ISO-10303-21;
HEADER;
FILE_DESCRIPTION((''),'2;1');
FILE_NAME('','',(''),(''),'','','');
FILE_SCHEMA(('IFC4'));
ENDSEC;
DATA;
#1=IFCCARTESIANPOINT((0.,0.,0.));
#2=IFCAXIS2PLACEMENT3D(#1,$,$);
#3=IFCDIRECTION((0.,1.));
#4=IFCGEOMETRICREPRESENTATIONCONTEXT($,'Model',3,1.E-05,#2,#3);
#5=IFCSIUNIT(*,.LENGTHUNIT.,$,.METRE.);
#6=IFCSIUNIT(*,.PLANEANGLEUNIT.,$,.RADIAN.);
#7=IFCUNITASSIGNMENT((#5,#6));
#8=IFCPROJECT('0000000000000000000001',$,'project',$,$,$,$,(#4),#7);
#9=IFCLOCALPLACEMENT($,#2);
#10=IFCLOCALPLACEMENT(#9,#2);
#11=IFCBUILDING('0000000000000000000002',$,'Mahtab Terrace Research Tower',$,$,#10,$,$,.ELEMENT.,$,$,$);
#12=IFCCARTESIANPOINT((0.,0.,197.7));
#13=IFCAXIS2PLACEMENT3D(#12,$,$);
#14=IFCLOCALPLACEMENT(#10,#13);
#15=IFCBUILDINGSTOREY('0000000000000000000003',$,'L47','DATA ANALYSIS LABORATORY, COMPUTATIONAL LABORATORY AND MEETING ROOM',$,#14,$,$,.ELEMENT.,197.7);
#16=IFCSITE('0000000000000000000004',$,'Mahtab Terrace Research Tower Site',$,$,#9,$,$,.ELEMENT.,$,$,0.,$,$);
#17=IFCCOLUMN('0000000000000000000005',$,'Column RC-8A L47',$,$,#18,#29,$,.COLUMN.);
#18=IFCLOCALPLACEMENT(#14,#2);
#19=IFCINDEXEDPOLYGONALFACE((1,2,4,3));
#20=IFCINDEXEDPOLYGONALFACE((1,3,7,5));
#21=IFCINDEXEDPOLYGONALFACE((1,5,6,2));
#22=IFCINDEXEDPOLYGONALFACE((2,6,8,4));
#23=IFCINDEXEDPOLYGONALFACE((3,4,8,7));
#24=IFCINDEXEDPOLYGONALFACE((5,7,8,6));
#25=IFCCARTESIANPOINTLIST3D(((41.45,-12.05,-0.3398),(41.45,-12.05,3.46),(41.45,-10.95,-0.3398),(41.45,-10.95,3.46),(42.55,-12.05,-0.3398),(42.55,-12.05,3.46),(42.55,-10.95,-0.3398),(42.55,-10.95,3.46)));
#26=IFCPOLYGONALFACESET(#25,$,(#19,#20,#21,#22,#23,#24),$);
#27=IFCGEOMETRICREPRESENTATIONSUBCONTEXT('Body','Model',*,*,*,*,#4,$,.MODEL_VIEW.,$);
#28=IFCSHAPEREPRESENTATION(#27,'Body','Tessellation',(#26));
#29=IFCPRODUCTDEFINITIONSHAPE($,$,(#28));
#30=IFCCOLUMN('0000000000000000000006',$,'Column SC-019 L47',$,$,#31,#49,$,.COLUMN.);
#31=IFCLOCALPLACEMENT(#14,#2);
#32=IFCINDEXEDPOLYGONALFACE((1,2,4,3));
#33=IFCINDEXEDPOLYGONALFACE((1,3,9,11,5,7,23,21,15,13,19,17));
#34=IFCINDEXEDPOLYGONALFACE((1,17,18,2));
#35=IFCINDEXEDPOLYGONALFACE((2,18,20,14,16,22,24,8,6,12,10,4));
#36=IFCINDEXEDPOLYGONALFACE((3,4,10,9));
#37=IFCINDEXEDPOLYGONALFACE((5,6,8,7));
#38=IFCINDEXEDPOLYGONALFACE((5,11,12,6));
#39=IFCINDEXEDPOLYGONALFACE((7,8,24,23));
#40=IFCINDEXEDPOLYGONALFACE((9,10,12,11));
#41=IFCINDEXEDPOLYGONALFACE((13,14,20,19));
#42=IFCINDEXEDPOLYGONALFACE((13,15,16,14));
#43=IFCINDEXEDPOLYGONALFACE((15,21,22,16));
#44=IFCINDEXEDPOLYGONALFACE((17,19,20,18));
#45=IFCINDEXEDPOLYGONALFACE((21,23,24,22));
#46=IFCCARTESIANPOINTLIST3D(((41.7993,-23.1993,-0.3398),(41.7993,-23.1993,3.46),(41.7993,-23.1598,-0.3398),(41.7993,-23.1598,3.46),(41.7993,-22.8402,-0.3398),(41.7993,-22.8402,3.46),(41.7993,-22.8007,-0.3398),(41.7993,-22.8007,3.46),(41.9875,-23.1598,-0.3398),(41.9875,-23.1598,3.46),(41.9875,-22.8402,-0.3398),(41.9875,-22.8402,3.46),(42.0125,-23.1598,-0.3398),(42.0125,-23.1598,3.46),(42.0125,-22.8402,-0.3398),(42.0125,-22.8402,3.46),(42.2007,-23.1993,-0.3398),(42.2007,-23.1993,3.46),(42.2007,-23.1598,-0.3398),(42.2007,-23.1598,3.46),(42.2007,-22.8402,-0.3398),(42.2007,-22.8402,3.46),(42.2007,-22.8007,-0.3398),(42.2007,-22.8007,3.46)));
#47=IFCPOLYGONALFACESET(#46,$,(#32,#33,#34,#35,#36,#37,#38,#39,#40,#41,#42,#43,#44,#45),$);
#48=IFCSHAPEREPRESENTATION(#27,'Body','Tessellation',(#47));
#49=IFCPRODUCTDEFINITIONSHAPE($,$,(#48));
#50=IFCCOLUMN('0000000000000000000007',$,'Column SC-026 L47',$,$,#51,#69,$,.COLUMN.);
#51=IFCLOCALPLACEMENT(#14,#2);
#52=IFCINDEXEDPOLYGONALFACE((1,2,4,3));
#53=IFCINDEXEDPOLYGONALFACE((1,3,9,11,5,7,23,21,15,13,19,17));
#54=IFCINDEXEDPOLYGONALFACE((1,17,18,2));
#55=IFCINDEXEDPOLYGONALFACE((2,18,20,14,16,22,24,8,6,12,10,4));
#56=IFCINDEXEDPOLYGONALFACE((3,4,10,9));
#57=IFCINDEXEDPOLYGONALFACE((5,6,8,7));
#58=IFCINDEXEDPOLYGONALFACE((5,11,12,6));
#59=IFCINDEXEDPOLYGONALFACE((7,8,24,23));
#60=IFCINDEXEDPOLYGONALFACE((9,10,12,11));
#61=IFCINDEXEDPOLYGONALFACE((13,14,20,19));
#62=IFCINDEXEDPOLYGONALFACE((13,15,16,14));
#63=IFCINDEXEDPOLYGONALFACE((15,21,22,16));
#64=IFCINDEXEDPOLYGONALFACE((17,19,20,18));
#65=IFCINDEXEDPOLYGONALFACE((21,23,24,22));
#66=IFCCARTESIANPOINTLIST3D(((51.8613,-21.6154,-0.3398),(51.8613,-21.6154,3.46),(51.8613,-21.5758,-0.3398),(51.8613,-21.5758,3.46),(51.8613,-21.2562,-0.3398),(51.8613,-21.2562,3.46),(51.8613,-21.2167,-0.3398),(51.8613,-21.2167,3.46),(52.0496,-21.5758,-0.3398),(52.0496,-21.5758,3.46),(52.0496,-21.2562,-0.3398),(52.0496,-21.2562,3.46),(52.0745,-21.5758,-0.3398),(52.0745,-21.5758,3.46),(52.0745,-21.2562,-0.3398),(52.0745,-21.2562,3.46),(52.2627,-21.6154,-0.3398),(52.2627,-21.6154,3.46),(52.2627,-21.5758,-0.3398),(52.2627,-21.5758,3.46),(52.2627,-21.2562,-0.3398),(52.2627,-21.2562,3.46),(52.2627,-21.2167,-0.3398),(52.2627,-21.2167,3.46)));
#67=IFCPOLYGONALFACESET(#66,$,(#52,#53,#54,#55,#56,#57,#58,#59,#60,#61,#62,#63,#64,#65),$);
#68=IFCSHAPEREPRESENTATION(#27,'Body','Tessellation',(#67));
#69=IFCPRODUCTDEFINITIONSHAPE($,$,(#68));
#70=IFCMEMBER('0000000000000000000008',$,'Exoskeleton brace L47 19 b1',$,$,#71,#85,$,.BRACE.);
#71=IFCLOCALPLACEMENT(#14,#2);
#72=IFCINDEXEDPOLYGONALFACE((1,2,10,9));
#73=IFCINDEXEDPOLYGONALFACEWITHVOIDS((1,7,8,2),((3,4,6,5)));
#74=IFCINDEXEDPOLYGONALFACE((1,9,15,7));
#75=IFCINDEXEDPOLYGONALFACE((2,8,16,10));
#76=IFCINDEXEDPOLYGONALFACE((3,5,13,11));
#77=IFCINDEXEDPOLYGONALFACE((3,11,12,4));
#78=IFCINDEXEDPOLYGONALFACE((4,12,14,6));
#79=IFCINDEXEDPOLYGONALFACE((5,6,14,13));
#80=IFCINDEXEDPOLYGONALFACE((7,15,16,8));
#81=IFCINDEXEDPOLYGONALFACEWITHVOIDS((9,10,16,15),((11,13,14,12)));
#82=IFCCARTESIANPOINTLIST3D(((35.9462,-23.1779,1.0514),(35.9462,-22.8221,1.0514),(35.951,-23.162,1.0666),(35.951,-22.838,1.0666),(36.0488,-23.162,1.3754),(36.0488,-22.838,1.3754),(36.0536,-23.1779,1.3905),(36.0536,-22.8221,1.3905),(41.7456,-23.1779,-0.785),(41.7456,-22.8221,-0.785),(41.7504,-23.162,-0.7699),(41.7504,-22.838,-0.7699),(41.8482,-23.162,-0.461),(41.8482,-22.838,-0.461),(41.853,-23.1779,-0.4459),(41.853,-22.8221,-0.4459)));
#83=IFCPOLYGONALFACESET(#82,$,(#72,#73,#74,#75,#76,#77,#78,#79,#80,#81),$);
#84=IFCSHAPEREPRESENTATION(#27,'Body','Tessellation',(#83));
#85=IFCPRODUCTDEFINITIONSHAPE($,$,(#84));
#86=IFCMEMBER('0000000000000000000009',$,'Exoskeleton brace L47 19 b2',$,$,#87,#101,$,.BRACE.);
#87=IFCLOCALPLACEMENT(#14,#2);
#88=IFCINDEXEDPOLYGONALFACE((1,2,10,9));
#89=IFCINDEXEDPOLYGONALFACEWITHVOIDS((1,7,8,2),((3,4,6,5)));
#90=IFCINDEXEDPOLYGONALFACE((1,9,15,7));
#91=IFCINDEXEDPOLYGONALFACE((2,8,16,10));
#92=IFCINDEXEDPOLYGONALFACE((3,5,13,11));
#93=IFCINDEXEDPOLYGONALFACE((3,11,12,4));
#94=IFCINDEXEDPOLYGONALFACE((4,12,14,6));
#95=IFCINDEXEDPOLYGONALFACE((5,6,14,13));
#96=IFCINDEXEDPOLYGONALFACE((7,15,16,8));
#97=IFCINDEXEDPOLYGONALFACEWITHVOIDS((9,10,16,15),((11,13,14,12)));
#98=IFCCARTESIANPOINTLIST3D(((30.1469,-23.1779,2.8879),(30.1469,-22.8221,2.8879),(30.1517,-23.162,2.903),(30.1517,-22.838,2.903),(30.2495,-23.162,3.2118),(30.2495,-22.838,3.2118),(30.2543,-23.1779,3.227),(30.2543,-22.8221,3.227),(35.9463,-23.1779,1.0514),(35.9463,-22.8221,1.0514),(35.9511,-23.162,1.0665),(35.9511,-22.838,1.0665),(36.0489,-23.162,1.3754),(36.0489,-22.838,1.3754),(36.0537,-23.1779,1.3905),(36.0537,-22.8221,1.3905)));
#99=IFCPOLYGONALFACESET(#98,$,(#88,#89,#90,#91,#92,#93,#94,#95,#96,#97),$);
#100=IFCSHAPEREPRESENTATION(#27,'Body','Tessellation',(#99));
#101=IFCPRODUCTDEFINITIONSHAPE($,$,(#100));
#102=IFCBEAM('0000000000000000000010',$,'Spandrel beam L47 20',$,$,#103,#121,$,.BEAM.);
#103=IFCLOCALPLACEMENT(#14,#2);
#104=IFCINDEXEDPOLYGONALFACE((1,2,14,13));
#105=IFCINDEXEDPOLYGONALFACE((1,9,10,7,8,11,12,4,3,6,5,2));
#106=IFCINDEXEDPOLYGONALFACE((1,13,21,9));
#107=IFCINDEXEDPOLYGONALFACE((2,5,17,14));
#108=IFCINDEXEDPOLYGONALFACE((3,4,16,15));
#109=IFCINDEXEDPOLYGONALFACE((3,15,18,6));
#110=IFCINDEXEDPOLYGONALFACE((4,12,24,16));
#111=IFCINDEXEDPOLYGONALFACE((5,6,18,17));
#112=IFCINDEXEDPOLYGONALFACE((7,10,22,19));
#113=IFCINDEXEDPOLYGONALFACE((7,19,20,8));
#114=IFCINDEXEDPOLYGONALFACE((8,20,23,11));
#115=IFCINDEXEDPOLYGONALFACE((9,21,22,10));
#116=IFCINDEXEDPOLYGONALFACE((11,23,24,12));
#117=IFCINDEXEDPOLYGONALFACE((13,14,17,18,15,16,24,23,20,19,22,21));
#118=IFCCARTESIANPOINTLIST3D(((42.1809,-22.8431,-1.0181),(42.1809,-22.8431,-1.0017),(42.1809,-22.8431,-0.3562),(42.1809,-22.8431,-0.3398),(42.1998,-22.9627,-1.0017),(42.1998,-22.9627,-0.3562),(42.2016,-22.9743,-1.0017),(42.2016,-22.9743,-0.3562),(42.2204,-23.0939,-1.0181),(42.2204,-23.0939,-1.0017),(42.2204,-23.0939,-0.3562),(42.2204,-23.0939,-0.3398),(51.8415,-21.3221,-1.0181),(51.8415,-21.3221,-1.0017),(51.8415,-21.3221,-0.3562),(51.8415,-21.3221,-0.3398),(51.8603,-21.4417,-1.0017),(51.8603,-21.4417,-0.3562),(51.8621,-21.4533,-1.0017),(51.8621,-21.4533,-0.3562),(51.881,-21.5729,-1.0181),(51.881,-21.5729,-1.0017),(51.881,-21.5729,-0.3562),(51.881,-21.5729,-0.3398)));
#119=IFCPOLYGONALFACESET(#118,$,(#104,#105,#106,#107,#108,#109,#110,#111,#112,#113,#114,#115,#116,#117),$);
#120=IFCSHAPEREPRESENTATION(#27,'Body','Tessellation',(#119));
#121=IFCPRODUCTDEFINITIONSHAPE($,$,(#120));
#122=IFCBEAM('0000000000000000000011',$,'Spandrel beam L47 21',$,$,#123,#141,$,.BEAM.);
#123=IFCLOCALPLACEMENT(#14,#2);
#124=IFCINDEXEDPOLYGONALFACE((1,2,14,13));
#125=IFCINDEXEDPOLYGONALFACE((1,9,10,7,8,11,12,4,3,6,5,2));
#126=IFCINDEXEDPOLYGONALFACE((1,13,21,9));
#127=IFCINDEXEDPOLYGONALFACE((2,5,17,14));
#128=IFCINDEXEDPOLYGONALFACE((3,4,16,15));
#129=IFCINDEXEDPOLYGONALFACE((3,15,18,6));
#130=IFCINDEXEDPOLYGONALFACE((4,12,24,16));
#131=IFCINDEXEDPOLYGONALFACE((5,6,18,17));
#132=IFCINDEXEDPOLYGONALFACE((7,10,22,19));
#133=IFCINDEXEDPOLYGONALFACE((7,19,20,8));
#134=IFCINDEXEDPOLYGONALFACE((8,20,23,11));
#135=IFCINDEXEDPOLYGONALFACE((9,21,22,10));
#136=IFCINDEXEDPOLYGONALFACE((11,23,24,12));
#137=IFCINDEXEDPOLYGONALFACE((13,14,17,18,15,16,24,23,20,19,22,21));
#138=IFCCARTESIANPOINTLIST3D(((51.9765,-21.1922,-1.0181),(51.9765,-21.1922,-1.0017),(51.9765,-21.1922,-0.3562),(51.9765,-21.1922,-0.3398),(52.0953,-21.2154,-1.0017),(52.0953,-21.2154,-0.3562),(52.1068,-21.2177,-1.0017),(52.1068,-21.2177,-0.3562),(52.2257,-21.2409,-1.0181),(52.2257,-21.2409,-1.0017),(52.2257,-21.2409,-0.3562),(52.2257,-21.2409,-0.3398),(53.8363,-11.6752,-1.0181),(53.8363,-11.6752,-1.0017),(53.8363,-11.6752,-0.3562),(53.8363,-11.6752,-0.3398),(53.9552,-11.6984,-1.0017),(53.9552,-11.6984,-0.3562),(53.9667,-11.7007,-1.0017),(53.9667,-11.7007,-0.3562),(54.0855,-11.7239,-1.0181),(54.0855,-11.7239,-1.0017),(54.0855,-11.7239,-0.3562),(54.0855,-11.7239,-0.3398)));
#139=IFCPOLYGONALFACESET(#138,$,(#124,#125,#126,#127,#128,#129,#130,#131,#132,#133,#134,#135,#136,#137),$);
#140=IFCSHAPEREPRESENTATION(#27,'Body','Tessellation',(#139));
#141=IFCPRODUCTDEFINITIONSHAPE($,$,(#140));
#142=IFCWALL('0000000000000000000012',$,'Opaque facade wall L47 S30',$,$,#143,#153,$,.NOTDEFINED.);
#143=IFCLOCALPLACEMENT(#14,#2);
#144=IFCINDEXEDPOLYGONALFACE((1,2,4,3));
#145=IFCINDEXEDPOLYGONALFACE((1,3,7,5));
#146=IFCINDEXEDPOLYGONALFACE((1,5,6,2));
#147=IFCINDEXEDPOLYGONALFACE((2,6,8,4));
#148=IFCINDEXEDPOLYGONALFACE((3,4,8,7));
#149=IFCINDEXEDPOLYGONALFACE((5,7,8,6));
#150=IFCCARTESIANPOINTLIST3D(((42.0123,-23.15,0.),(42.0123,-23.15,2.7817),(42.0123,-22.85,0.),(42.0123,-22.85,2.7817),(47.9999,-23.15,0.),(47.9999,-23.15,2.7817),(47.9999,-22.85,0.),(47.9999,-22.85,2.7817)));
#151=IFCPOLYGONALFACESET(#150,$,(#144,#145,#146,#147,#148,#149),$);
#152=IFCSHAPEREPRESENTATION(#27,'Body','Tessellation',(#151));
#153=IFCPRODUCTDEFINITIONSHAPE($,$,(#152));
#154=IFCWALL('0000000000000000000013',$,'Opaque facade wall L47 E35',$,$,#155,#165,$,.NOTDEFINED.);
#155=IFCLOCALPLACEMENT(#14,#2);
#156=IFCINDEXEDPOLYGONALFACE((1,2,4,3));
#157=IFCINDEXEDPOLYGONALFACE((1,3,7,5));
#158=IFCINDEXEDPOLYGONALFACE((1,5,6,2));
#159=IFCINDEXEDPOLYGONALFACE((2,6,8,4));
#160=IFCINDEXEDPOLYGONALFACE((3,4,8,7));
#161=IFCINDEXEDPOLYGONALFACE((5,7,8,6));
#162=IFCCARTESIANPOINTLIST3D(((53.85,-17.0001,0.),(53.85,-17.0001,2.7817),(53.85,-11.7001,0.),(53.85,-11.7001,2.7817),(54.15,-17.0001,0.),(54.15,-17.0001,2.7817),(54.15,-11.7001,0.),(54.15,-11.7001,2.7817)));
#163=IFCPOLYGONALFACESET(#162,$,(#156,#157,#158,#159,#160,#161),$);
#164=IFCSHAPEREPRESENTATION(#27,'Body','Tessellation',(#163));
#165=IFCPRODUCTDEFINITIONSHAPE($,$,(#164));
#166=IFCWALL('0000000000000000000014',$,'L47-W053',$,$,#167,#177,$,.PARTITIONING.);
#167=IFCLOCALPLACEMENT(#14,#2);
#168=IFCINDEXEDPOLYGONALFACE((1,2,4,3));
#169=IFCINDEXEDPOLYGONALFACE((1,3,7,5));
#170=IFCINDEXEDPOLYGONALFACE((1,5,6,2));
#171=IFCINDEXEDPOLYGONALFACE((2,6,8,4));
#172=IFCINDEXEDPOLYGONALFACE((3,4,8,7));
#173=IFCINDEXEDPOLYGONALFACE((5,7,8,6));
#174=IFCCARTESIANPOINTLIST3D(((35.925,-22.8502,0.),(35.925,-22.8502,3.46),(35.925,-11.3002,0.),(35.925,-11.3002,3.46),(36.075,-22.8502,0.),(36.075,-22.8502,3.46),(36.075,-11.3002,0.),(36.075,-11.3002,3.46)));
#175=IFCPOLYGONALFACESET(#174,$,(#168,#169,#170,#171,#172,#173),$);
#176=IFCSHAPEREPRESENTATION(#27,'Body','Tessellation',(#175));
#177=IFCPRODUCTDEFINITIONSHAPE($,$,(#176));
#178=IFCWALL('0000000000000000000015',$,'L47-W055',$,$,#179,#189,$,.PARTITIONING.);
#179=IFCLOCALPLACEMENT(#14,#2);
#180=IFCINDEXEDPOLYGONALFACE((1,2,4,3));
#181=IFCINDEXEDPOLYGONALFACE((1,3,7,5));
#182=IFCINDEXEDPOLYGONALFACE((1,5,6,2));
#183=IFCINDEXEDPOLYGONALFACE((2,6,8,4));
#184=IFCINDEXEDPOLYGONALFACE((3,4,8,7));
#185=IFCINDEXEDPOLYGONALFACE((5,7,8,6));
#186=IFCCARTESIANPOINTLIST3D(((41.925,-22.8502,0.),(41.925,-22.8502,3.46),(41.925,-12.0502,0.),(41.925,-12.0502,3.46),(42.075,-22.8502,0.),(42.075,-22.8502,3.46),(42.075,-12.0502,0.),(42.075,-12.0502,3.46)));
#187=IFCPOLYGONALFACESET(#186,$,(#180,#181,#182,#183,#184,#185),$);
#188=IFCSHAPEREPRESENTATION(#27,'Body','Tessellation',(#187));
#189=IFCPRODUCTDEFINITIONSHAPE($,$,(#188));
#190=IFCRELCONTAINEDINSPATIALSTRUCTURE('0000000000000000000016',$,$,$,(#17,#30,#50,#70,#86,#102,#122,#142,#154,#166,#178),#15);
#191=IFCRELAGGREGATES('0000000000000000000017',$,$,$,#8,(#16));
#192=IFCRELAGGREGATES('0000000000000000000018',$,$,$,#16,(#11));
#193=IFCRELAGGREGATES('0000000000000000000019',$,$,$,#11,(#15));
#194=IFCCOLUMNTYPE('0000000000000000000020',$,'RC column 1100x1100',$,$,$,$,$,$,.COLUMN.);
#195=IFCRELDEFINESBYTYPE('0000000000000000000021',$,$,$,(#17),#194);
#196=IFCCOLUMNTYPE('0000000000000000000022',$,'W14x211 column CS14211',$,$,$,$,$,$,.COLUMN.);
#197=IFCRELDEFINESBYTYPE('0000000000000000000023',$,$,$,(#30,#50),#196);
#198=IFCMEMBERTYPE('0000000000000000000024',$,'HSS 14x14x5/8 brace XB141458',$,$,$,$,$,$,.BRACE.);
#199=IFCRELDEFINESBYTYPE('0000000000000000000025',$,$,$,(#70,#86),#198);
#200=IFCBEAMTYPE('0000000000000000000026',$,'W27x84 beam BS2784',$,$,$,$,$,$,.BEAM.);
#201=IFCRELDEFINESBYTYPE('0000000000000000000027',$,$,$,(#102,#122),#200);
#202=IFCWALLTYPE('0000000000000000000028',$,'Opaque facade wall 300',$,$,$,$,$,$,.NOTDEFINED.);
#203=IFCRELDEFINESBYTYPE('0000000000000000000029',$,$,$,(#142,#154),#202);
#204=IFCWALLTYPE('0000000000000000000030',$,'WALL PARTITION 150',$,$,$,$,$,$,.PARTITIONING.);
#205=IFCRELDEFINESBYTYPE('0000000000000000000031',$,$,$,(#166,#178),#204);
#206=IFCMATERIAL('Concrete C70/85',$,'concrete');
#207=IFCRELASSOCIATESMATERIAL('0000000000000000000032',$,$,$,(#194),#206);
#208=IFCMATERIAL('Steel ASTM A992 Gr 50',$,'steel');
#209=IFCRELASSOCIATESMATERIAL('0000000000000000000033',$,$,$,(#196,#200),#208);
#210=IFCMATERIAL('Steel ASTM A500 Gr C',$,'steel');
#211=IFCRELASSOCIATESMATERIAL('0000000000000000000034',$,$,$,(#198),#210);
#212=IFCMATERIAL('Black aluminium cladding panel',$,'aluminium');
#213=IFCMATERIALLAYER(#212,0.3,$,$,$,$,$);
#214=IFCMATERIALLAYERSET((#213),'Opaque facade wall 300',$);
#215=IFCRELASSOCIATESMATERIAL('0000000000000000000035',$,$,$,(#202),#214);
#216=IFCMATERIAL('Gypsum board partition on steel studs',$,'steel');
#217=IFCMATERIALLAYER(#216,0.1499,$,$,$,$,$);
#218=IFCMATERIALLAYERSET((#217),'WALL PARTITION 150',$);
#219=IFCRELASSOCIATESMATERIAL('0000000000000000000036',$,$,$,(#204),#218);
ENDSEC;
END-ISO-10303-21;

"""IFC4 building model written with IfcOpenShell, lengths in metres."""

from ifc_helpers import new_model, si_unit, direction, frame, frame_2d, origin, origin_2d, place, context, subcontext, project, spatial, rectangle, hollow_rectangle, i_section, extrude, material, layer, layer_set, material_profile, profile_set, type_object, element, save


model = new_model("IFC4")

# Units and contexts
model_context = context("Model", 3, precision=1e-05, world=origin(), true_north=direction((0.0, 1.0)))
body_context = subcontext(model_context, "Body", "Model", "MODEL_VIEW")
ifc_project = project(units=[si_unit("LENGTHUNIT", "METRE"), si_unit("PLANEANGLEUNIT", "RADIAN")], contexts=[model_context])

# Site, building, storey
site_placement = place(None, origin())
site = spatial("IfcSite", under=ifc_project, at=site_placement, Name="Mahtab Terrace Research Tower Site", CompositionType="ELEMENT", RefElevation=0.0)
building_placement = place(site_placement, origin())
building = spatial("IfcBuilding", under=site, at=building_placement, Name="Mahtab Terrace Research Tower", CompositionType="ELEMENT")
storey_placement = place(building_placement, frame((0.0, 0.0, 197.7)))
storey = spatial("IfcBuildingStorey", under=building, at=storey_placement, Name="L47", Description="DATA ANALYSIS LABORATORY, COMPUTATIONAL LABORATORY AND MEETING ROOM", CompositionType="ELEMENT", Elevation=197.7)

# Columns
ifc_material_1 = material(Name="Concrete C70/85", Category="concrete")
ifc_material_profile_1 = material_profile(ifc_material_1, rectangle(XDim=1.1001, YDim=1.1001, at=origin_2d()), Name="RC column 1100x1100")
ifc_profile_set_1 = profile_set([ifc_material_profile_1], Name="Concrete C70/85")
column_type_1 = type_object("IfcColumnType", Name="RC column 1100x1100", PredefinedType="COLUMN", material=ifc_profile_set_1)
column_placement = place(storey_placement, frame((42.0, -11.5, -0.3398), z_axis=(0.0, 0.0, 1.0), x_axis=(1.0, 0.0, 0.0)))
element("IfcColumn", 1, at=column_placement, inside=storey, type_object=column_type_1, Name="Column RC-8A L47", PredefinedType="COLUMN", context=body_context, shape_type="SweptSolid", body=[
    extrude(rectangle(XDim=1.1001, YDim=1.1001, at=origin_2d()), origin(), (0.0, 0.0, 1.0), 3.7998),
])
ifc_material_2 = material(Name="Steel ASTM A992 Gr 50", Category="steel")
ifc_material_profile_2 = material_profile(ifc_material_2, i_section(OverallWidth=0.4014, OverallDepth=0.3987, WebThickness=0.0249, FlangeThickness=0.0396, at=origin_2d()), Name="W14X211")
ifc_profile_set_2 = profile_set([ifc_material_profile_2], Name="Steel ASTM A992 Gr 50")
column_type_2 = type_object("IfcColumnType", Name="W14x211 column CS14211", PredefinedType="COLUMN", material=ifc_profile_set_2)
for number, where, z_axis, x_axis, name in (
    (2, (42.0, -23.0, -0.3398), (0.0, 0.0, 1.0), (1.0, 0.0, 0.0), "Column SC-019 L47"),
    (3, (52.062, -21.416, -0.3398), (0.0, 0.0, 1.0), (1.0, 0.0, 0.0), "Column SC-026 L47"),
):
    element("IfcColumn", number, at=place(storey_placement, frame(where, z_axis=z_axis, x_axis=x_axis)), inside=storey, type_object=column_type_2, Name=name, PredefinedType="COLUMN", context=body_context, shape_type="SweptSolid", body=[
        extrude(i_section(OverallWidth=0.4014, OverallDepth=0.3987, WebThickness=0.0249, FlangeThickness=0.0396, at=origin_2d()), origin(), (0.0, 0.0, 1.0), 3.7998),
    ])

# Members
ifc_material_3 = material(Name="Steel ASTM A500 Gr C", Category="steel")
ifc_material_profile_3 = material_profile(ifc_material_3, hollow_rectangle(XDim=0.3557, YDim=0.3557, WallThickness=0.0159, at=origin_2d()), Name="HSS14X14X5/8")
ifc_profile_set_3 = profile_set([ifc_material_profile_3], Name="Steel ASTM A500 Gr C")
member_type = type_object("IfcMemberType", Name="HSS 14x14x5/8 brace XB141458", PredefinedType="BRACE", material=ifc_profile_set_3)
for number, where, z_axis, x_axis, name in (
    (4, (41.7993, -23.0, -0.6155), (-0.953343, 0.0, 0.301888), (0.0, -1.0, 0.0), "Exoskeleton brace L47 19 b1"),
    (5, (36.0, -23.0, 1.2209), (-0.953343, 0.0, 0.301888), (0.0, -1.0, 0.0), "Exoskeleton brace L47 19 b2"),
):
    element("IfcMember", number, at=place(storey_placement, frame(where, z_axis=z_axis, x_axis=x_axis)), inside=storey, type_object=member_type, Name=name, PredefinedType="BRACE", context=body_context, shape_type="SweptSolid", body=[
        extrude(hollow_rectangle(XDim=0.3557, YDim=0.3557, WallThickness=0.0159, at=origin_2d()), origin(), (0.0, 0.0, 1.0), 6.0833),
    ])

# Beams
ifc_material_profile_4 = material_profile(ifc_material_2, i_section(OverallWidth=0.2539, OverallDepth=0.6782, WebThickness=0.0117, FlangeThickness=0.0164, at=origin_2d()), Name="W27X84")
ifc_profile_set_4 = profile_set([ifc_material_profile_4], Name="Steel ASTM A992 Gr 50")
beam_type = type_object("IfcBeamType", Name="W27x84 beam BS2784", PredefinedType="BEAM", material=ifc_profile_set_4)
beam_1_placement = place(storey_placement, frame((42.2007, -22.9685, -0.679), z_axis=(0.987832, 0.155527, 0.0), x_axis=(-0.155527, 0.987832, 0.0)))
element("IfcBeam", 6, at=beam_1_placement, inside=storey, type_object=beam_type, Name="Spandrel beam L47 20", PredefinedType="BEAM", context=body_context, shape_type="SweptSolid", body=[
    extrude(i_section(OverallWidth=0.2539, OverallDepth=0.6782, WebThickness=0.0117, FlangeThickness=0.0164, at=origin_2d()), origin(), (0.0, 0.0, 1.0), 9.7795),
])
beam_2_placement = place(storey_placement, frame((52.1011, -21.2166, -0.679), z_axis=(0.191795, 0.981435, 0.0), x_axis=(-0.981435, 0.191795, 0.0)))
element("IfcBeam", 7, at=beam_2_placement, inside=storey, type_object=beam_type, Name="Spandrel beam L47 21", PredefinedType="BEAM", context=body_context, shape_type="SweptSolid", body=[
    extrude(i_section(OverallWidth=0.2539, OverallDepth=0.6782, WebThickness=0.0117, FlangeThickness=0.0164, at=origin_2d()), origin(), (0.0, 0.0, 1.0), 9.697),
])

# Walls
ifc_material_4 = material(Name="Black aluminium cladding panel", Category="aluminium")
ifc_layer_1 = layer(ifc_material_4, 0.3)
ifc_layer_set_1 = layer_set([ifc_layer_1], Name="Opaque facade wall 300")
wall_type_1 = type_object("IfcWallType", Name="Opaque facade wall 300", PredefinedType="NOTDEFINED", material=ifc_layer_set_1)
wall_1_placement = place(storey_placement, frame((42.0125, -23.0, 0.0), z_axis=(0.0, 0.0, 1.0), x_axis=(1.0, 0.0, 0.0)))
element("IfcWall", 8, at=wall_1_placement, inside=storey, type_object=wall_type_1, Name="Opaque facade wall L47 S30", PredefinedType="NOTDEFINED", context=body_context, shape_type="SweptSolid", body=[
    extrude(rectangle(XDim=5.9875, YDim=0.3, at=frame_2d((2.9937, 0.0))), origin(), (0.0, 0.0, 1.0), 2.7817),
])
wall_2_placement = place(storey_placement, frame((54.0, -17.0, 0.0), z_axis=(0.0, 0.0, 1.0), x_axis=(0.0, 1.0, 0.0)))
element("IfcWall", 9, at=wall_2_placement, inside=storey, type_object=wall_type_1, Name="Opaque facade wall L47 E35", PredefinedType="NOTDEFINED", context=body_context, shape_type="SweptSolid", body=[
    extrude(rectangle(XDim=5.3, YDim=0.3, at=frame_2d((2.6499, 0.0))), origin(), (0.0, 0.0, 1.0), 2.7817),
])
ifc_material_5 = material(Name="Gypsum board partition on steel studs", Category="steel")
ifc_layer_2 = layer(ifc_material_5, 0.1499)
ifc_layer_set_2 = layer_set([ifc_layer_2], Name="WALL PARTITION 150")
wall_type_2 = type_object("IfcWallType", Name="WALL PARTITION 150", PredefinedType="PARTITIONING", material=ifc_layer_set_2)
wall_3_placement = place(storey_placement, frame((36.0, -22.8501, 0.0), z_axis=(0.0, 0.0, 1.0), x_axis=(0.0, 1.0, 0.0)))
element("IfcWall", 10, at=wall_3_placement, inside=storey, type_object=wall_type_2, Name="L47-W053", PredefinedType="PARTITIONING", context=body_context, shape_type="SweptSolid", body=[
    extrude(rectangle(XDim=11.55, YDim=0.1499, at=frame_2d((5.7749, 0.0))), origin(), (0.0, 0.0, 1.0), 3.46),
])
wall_4_placement = place(storey_placement, frame((42.0, -22.8501, 0.0), z_axis=(0.0, 0.0, 1.0), x_axis=(0.0, 1.0, 0.0)))
element("IfcWall", 11, at=wall_4_placement, inside=storey, type_object=wall_type_2, Name="L47-W055", PredefinedType="PARTITIONING", context=body_context, shape_type="SweptSolid", body=[
    extrude(rectangle(XDim=10.8, YDim=0.1499, at=frame_2d((5.3999, 0.0))), origin(), (0.0, 0.0, 1.0), 3.46),
])

save(model, "model.ifc")
